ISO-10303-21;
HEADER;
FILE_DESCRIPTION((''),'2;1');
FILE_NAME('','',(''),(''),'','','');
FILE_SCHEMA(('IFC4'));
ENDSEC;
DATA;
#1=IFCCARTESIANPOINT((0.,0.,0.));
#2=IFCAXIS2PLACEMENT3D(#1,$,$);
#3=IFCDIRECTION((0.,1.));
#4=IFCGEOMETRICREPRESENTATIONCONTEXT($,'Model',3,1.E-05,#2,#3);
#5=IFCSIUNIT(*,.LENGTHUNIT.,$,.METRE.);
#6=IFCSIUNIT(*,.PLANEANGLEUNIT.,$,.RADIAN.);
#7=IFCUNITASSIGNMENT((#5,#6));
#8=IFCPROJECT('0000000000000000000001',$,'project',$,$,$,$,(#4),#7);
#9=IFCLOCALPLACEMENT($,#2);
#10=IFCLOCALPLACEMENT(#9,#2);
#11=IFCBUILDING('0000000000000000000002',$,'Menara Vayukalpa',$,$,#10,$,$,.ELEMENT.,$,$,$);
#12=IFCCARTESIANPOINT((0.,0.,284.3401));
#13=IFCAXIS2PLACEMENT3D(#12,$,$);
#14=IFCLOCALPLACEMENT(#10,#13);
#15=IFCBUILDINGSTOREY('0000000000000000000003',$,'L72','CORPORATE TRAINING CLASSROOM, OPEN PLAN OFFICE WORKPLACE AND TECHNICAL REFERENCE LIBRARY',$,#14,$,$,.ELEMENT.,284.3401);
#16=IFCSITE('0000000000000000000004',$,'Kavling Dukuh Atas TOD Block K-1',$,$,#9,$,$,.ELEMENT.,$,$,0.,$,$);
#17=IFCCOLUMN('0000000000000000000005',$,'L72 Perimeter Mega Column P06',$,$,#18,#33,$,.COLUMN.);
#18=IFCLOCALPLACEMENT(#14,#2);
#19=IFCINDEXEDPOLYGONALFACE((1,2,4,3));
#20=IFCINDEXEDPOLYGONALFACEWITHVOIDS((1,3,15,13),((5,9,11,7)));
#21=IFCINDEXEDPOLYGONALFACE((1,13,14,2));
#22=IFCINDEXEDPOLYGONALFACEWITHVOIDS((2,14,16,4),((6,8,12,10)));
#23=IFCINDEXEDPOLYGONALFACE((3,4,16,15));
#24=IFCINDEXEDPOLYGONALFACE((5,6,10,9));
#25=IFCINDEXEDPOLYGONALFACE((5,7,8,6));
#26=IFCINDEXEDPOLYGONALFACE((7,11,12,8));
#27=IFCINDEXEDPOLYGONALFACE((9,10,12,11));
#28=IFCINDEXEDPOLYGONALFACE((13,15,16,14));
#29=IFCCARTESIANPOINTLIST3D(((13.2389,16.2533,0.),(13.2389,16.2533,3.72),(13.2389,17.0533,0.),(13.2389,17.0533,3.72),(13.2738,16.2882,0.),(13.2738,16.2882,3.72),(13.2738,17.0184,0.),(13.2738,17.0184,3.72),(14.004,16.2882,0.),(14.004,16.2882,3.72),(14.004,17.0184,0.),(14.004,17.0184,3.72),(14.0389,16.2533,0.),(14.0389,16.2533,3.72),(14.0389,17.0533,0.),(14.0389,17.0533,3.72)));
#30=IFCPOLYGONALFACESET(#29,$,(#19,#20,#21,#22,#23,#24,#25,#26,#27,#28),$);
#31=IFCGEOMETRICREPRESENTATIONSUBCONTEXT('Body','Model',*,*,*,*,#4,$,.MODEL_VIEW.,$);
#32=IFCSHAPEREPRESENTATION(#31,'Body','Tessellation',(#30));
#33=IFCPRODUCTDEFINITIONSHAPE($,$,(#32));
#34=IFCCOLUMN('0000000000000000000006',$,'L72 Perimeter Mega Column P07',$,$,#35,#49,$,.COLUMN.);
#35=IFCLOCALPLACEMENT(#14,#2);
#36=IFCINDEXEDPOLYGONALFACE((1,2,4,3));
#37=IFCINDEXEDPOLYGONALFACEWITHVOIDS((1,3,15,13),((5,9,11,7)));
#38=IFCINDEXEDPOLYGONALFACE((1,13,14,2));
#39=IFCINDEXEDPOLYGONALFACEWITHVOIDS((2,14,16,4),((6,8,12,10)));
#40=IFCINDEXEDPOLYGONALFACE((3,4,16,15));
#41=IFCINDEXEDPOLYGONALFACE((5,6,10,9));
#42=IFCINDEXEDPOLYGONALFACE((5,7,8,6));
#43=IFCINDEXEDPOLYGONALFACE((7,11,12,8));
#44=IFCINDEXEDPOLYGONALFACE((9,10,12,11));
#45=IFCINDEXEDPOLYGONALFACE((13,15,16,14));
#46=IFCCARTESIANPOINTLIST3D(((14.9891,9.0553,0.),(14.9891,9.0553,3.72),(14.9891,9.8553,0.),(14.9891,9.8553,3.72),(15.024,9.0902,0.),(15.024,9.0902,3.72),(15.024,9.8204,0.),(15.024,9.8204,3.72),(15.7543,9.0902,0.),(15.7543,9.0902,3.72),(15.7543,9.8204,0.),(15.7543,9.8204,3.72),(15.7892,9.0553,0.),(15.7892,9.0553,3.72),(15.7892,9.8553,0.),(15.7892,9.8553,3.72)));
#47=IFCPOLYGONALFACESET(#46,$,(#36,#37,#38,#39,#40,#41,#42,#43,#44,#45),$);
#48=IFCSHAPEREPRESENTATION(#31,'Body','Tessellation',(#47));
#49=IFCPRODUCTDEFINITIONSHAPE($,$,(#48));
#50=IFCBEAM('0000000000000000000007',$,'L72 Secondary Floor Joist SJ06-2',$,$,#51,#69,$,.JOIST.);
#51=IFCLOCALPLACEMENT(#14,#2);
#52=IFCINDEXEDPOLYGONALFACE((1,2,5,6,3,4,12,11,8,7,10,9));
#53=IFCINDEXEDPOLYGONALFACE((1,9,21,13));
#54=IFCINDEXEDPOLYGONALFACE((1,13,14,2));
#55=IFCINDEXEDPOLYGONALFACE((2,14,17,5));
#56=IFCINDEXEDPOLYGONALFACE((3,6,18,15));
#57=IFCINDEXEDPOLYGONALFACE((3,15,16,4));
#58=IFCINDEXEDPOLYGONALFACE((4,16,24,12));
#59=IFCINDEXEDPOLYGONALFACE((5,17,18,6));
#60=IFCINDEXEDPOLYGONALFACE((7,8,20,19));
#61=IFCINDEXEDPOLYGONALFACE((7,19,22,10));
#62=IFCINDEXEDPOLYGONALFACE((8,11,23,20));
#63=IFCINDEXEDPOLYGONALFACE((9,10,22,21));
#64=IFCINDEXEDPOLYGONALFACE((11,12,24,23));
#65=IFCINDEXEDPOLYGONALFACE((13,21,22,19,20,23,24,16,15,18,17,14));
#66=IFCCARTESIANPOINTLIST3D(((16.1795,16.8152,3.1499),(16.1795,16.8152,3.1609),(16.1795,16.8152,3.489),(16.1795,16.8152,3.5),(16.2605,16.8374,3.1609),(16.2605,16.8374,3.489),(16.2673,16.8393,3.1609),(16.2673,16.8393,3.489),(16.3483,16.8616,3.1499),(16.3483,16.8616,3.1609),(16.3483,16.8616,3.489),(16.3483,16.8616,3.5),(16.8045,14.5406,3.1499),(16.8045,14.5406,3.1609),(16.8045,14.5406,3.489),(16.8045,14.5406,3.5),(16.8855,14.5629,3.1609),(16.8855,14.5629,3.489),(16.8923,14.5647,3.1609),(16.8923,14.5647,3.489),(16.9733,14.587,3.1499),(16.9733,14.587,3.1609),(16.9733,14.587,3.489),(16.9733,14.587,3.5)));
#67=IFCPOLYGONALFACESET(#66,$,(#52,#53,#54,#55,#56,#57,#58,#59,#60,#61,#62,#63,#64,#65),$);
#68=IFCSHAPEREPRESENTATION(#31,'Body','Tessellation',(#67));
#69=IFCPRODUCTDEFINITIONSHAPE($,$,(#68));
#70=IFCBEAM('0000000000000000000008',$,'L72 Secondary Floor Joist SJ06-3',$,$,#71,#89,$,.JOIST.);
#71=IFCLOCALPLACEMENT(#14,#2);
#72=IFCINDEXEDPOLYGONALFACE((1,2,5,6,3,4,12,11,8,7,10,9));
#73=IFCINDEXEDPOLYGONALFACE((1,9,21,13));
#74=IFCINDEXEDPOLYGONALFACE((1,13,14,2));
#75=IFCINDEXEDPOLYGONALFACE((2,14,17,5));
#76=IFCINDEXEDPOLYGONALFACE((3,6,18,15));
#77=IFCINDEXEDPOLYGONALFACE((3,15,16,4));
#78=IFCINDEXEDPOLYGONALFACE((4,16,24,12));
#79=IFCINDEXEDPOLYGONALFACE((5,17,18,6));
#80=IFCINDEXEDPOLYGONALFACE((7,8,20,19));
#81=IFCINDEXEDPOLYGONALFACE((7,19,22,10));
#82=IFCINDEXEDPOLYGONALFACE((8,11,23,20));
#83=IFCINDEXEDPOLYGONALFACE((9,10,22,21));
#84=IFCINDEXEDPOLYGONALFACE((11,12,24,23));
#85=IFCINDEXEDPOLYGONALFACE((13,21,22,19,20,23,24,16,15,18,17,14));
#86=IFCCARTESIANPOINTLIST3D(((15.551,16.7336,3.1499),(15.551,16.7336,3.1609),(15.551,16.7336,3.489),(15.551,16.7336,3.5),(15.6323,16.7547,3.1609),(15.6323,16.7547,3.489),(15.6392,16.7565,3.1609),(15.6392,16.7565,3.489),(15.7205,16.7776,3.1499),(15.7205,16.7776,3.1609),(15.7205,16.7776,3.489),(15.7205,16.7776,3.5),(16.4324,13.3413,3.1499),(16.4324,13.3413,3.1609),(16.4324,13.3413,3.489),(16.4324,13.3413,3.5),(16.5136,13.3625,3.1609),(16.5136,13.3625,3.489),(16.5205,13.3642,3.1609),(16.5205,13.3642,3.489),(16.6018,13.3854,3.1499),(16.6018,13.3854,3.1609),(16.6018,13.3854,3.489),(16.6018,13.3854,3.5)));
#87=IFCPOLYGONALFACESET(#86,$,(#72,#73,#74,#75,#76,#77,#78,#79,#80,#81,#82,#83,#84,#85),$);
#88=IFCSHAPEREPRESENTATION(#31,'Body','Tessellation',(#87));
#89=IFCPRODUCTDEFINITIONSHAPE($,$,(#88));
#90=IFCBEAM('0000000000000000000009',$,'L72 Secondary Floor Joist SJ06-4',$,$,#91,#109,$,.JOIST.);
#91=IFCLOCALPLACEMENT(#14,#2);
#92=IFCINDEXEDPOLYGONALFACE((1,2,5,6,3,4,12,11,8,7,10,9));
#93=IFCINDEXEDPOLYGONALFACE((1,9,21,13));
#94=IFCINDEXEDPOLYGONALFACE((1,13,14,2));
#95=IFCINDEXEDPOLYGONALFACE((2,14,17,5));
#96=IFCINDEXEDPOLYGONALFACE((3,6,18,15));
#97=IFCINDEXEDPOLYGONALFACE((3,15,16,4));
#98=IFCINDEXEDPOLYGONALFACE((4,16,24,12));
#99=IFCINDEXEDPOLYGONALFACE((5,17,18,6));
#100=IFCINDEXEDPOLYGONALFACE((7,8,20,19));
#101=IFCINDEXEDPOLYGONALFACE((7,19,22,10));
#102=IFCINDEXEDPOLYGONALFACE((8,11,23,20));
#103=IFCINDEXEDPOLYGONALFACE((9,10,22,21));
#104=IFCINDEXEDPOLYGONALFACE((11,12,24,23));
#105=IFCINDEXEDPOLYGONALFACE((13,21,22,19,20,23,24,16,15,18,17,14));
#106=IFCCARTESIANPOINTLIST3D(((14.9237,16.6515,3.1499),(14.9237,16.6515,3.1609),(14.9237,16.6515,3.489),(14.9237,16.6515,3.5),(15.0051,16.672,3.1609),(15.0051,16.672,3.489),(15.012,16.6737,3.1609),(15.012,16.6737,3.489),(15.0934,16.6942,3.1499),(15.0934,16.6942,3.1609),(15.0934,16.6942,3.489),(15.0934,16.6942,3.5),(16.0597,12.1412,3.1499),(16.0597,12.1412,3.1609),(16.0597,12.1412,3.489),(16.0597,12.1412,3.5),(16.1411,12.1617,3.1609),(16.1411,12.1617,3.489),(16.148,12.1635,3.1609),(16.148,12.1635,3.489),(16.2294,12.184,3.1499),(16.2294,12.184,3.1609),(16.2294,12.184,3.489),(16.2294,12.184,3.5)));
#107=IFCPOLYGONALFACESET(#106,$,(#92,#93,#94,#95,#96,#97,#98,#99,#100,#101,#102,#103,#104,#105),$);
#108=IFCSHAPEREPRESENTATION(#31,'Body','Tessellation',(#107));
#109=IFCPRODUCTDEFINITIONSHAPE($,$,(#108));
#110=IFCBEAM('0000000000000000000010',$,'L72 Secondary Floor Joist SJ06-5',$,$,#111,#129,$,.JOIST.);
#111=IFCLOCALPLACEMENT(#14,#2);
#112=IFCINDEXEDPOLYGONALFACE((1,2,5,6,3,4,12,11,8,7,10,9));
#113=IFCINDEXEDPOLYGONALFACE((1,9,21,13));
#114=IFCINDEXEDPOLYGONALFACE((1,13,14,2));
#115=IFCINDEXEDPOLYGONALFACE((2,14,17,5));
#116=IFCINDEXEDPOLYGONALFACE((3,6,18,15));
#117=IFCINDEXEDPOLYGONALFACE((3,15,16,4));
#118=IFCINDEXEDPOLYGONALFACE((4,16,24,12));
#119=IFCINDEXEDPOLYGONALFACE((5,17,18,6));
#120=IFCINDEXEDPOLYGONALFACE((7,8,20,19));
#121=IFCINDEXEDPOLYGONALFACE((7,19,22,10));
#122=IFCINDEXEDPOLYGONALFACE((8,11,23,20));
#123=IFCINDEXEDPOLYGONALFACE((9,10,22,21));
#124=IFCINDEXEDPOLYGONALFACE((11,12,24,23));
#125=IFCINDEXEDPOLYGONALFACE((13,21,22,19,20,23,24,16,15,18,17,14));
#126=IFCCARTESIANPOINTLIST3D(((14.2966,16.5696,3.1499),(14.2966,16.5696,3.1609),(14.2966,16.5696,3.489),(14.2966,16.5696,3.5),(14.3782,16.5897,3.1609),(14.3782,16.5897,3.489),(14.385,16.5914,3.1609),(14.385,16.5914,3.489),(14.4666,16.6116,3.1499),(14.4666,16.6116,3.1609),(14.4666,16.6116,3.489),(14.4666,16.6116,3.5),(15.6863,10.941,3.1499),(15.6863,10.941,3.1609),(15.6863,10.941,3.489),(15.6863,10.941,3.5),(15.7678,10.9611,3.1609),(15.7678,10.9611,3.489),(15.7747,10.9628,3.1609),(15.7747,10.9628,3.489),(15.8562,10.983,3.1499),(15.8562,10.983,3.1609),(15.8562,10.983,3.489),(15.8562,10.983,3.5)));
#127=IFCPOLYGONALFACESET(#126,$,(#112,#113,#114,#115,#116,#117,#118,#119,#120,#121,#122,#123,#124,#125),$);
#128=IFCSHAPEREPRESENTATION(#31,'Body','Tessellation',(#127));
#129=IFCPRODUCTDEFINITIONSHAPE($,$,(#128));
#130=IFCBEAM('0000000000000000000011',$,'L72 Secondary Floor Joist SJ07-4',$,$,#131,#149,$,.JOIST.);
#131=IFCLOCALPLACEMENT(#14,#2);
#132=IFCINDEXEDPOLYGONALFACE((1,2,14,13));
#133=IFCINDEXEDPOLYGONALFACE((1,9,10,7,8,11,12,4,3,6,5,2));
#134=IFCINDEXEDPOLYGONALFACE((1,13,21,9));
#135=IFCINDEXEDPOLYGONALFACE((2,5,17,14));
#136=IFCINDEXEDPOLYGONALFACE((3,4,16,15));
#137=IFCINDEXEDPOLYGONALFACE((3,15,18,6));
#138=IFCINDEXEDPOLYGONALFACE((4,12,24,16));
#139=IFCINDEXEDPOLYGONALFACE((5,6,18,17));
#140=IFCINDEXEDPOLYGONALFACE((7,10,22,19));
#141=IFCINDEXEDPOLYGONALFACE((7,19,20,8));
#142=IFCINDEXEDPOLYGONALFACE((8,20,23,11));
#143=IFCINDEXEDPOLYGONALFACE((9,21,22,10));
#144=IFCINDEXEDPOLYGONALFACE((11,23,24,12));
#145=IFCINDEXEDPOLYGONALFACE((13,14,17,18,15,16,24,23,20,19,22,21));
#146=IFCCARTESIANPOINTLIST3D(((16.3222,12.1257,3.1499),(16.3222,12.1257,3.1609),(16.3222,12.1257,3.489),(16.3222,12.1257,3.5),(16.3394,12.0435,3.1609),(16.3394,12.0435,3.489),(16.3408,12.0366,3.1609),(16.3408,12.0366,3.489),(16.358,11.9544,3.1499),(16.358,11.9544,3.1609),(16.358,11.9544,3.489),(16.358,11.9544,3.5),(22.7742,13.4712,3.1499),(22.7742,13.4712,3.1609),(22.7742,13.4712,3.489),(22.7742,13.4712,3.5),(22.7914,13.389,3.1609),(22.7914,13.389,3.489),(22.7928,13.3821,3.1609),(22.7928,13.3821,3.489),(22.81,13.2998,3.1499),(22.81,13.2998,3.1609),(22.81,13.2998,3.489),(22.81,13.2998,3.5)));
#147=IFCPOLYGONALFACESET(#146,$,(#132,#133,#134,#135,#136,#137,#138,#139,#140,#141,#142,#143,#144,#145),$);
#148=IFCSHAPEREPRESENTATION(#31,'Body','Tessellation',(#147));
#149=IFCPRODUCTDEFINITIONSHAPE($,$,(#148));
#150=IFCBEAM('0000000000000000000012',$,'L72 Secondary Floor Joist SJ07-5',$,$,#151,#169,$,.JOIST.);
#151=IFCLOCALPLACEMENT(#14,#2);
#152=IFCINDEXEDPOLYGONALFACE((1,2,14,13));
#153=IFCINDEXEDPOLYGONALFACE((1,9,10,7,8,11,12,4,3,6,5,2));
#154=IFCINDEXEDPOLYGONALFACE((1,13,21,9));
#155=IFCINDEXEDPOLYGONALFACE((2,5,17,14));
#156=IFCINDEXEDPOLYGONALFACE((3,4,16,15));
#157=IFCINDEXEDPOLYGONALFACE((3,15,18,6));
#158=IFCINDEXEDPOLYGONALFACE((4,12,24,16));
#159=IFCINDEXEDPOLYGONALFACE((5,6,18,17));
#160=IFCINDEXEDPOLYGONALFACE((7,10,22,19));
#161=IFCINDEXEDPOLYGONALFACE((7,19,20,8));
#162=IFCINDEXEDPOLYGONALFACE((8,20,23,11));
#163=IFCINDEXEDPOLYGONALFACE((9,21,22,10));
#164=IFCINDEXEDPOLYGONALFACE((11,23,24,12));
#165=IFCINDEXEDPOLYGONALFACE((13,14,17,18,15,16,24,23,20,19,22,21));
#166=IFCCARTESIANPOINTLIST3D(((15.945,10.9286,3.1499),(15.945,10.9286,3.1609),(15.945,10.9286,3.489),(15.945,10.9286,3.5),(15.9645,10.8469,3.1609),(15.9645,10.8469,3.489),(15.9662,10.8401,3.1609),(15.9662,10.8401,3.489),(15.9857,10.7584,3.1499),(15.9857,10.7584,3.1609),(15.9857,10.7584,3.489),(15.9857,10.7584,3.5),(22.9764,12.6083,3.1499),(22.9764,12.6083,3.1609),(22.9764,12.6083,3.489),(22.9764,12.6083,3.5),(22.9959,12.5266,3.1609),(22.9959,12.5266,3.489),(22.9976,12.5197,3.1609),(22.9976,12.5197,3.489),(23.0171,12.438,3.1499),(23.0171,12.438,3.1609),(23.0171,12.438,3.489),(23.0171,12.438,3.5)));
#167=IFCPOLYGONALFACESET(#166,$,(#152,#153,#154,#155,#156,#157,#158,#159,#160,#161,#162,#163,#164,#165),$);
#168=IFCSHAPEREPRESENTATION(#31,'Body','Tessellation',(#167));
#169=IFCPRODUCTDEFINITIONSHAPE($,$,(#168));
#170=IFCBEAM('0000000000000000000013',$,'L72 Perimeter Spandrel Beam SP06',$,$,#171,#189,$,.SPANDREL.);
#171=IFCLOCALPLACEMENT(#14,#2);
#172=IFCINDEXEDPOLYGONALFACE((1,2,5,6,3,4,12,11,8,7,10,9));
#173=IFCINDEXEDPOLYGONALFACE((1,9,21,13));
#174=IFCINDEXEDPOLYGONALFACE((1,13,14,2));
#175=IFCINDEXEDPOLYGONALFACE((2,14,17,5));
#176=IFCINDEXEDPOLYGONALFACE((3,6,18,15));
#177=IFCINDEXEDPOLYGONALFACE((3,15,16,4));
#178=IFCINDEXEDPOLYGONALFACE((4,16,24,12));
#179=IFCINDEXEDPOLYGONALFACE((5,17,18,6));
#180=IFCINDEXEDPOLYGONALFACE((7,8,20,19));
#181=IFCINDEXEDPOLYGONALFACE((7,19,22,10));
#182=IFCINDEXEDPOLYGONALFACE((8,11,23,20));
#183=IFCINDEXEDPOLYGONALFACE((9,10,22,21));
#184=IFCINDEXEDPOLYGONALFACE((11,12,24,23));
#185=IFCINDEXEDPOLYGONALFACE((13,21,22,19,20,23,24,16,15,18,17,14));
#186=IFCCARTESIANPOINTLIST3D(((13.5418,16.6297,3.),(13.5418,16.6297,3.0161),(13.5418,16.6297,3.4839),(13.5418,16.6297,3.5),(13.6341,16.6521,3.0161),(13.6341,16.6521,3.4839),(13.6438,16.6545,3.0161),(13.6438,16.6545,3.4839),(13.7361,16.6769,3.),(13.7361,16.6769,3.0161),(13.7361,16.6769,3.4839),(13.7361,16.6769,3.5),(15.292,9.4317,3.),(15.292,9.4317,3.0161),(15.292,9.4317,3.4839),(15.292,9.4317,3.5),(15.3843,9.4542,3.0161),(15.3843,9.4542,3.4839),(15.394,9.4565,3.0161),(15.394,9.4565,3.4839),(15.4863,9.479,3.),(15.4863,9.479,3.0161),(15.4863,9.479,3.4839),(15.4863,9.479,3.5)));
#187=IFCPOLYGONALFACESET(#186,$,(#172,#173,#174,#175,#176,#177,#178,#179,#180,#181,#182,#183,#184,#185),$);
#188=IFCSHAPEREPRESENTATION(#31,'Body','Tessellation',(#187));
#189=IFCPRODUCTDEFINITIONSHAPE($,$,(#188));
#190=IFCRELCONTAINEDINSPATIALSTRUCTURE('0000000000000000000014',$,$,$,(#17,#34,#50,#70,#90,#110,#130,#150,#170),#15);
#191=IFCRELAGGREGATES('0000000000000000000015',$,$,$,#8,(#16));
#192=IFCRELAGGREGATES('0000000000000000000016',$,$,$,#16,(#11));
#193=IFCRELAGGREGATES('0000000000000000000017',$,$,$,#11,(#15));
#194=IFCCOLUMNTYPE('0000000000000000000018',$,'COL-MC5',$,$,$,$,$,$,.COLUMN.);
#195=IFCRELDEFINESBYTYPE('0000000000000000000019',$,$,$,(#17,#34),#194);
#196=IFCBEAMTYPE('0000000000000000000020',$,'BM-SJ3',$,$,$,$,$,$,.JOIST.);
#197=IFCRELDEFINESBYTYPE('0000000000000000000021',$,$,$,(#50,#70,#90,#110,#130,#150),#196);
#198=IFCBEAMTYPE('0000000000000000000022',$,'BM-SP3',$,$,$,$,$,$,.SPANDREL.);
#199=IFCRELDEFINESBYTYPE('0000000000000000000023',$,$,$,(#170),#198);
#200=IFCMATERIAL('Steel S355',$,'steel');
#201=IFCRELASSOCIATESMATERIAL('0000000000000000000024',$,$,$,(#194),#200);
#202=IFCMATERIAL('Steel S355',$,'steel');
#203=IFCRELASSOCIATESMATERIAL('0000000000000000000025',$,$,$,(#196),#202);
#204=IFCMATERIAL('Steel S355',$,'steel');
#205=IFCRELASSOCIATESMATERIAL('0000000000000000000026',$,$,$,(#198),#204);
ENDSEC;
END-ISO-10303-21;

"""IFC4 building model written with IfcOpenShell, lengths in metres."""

from ifc_helpers import new_model, si_unit, direction, frame, origin, origin_2d, place, context, subcontext, project, spatial, hollow_rectangle, i_section, extrude, material, material_profile, profile_set, type_object, element, save


model = new_model("IFC4")

# Units and contexts
model_context = context("Model", 3, precision=1e-05, world=origin(), true_north=direction((0.0, 1.0)))
body_context = subcontext(model_context, "Body", "Model", "MODEL_VIEW")
ifc_project = project(units=[si_unit("LENGTHUNIT", "METRE"), si_unit("PLANEANGLEUNIT", "RADIAN")], contexts=[model_context])

# Site, building, storey
site_placement = place(None, origin())
site = spatial("IfcSite", under=ifc_project, at=site_placement, Name="Kavling Dukuh Atas TOD Block K-1", CompositionType="ELEMENT", RefElevation=0.0)
building_placement = place(site_placement, origin())
building = spatial("IfcBuilding", under=site, at=building_placement, Name="Menara Vayukalpa", CompositionType="ELEMENT")
storey_placement = place(building_placement, frame((0.0, 0.0, 284.3401)))
storey = spatial("IfcBuildingStorey", under=building, at=storey_placement, Name="L72", Description="CORPORATE TRAINING CLASSROOM, OPEN PLAN OFFICE WORKPLACE AND TECHNICAL REFERENCE LIBRARY", CompositionType="ELEMENT", Elevation=284.3401)

# Columns
ifc_material_1 = material(Name="Steel S355", Category="steel")
ifc_material_profile_1 = material_profile(ifc_material_1, hollow_rectangle(XDim=0.8, YDim=0.8, WallThickness=0.0349, at=origin_2d()), Name="BOX 800x800x35")
ifc_profile_set_1 = profile_set([ifc_material_profile_1], Name="Steel S355")
column_type = type_object("IfcColumnType", Name="COL-MC5", PredefinedType="COLUMN", material=ifc_profile_set_1)
for number, where, z_axis, x_axis, name in (
    (1, (13.6389, 16.6533, 0.0), (0.0, 0.0, 1.0), (1.0, 0.0, 0.0), "L72 Perimeter Mega Column P06"),
    (2, (15.3892, 9.4553, 0.0), (0.0, 0.0, 1.0), (1.0, 0.0, 0.0), "L72 Perimeter Mega Column P07"),
):
    element("IfcColumn", number, at=place(storey_placement, frame(where, z_axis=z_axis, x_axis=x_axis)), inside=storey, type_object=column_type, Name=name, PredefinedType="COLUMN", context=body_context, shape_type="SweptSolid", body=[
        extrude(hollow_rectangle(XDim=0.8, YDim=0.8, WallThickness=0.0349, at=origin_2d()), origin(), (0.0, 0.0, 1.0), 3.72),
    ])

# Beams
ifc_material_2 = material(Name="Steel S355", Category="steel")
ifc_material_profile_2 = material_profile(ifc_material_2, i_section(OverallWidth=0.175, OverallDepth=0.3501, WebThickness=0.0071, FlangeThickness=0.011, at=origin_2d()), Name="WF 350x175x7x11")
ifc_profile_set_2 = profile_set([ifc_material_profile_2], Name="Steel S355")
beam_type_1 = type_object("IfcBeamType", Name="BM-SJ3", PredefinedType="JOIST", material=ifc_profile_set_2)
beam_1_placement = place(storey_placement, frame((16.2639, 16.8384, 3.325), z_axis=(0.264947, -0.964263, 0.0), x_axis=(0.964263, 0.264947, 0.0)))
element("IfcBeam", 3, at=beam_1_placement, inside=storey, type_object=beam_type_1, Name="L72 Secondary Floor Joist SJ06-2", PredefinedType="JOIST", context=body_context, shape_type="SweptSolid", body=[
    extrude(i_section(OverallWidth=0.175, OverallDepth=0.3501, WebThickness=0.0071, FlangeThickness=0.011, at=origin_2d()), origin(), (0.0, 0.0, 1.0), 2.3589),
])
beam_2_placement = place(storey_placement, frame((15.6357, 16.7556, 3.325), z_axis=(0.251458, -0.967868, 0.0), x_axis=(0.967868, 0.251458, 0.0)))
element("IfcBeam", 4, at=beam_2_placement, inside=storey, type_object=beam_type_1, Name="L72 Secondary Floor Joist SJ06-3", PredefinedType="JOIST", context=body_context, shape_type="SweptSolid", body=[
    extrude(i_section(OverallWidth=0.175, OverallDepth=0.3501, WebThickness=0.0071, FlangeThickness=0.011, at=origin_2d()), origin(), (0.0, 0.0, 1.0), 3.5049),
])
beam_3_placement = place(storey_placement, frame((15.0085, 16.6729, 3.325), z_axis=(0.24424, -0.969715, 0.0), x_axis=(0.969715, 0.24424, 0.0)))
element("IfcBeam", 5, at=beam_3_placement, inside=storey, type_object=beam_type_1, Name="L72 Secondary Floor Joist SJ06-4", PredefinedType="JOIST", context=body_context, shape_type="SweptSolid", body=[
    extrude(i_section(OverallWidth=0.175, OverallDepth=0.3501, WebThickness=0.0071, FlangeThickness=0.011, at=origin_2d()), origin(), (0.0, 0.0, 1.0), 4.6511),
])
beam_4_placement = place(storey_placement, frame((14.3816, 16.5906, 3.325), z_axis=(0.239691, -0.970849, 0.0), x_axis=(0.970849, 0.239691, 0.0)))
element("IfcBeam", 6, at=beam_4_placement, inside=storey, type_object=beam_type_1, Name="L72 Secondary Floor Joist SJ06-5", PredefinedType="JOIST", context=body_context, shape_type="SweptSolid", body=[
    extrude(i_section(OverallWidth=0.175, OverallDepth=0.3501, WebThickness=0.0071, FlangeThickness=0.011, at=origin_2d()), origin(), (0.0, 0.0, 1.0), 5.7976),
])
beam_5_placement = place(storey_placement, frame((16.3401, 12.04, 3.325), z_axis=(0.978941, 0.204145, 0.0), x_axis=(-0.204145, 0.978941, 0.0)))
element("IfcBeam", 7, at=beam_5_placement, inside=storey, type_object=beam_type_1, Name="L72 Secondary Floor Joist SJ07-4", PredefinedType="JOIST", context=body_context, shape_type="SweptSolid", body=[
    extrude(i_section(OverallWidth=0.175, OverallDepth=0.3501, WebThickness=0.0071, FlangeThickness=0.011, at=origin_2d()), origin(), (0.0, 0.0, 1.0), 6.5908),
])
beam_6_placement = place(storey_placement, frame((15.9653, 10.8435, 3.325), z_axis=(0.972634, 0.232343, 0.0), x_axis=(-0.232343, 0.972634, 0.0)))
element("IfcBeam", 8, at=beam_6_placement, inside=storey, type_object=beam_type_1, Name="L72 Secondary Floor Joist SJ07-5", PredefinedType="JOIST", context=body_context, shape_type="SweptSolid", body=[
    extrude(i_section(OverallWidth=0.175, OverallDepth=0.3501, WebThickness=0.0071, FlangeThickness=0.011, at=origin_2d()), origin(), (0.0, 0.0, 1.0), 7.2292),
])
ifc_material_3 = material(Name="Steel S355", Category="steel")
ifc_material_profile_3 = material_profile(ifc_material_3, i_section(OverallWidth=0.2, OverallDepth=0.5, WebThickness=0.01, FlangeThickness=0.0161, at=origin_2d()), Name="WF 500x200x10x16")
ifc_profile_set_3 = profile_set([ifc_material_profile_3], Name="Steel S355")
beam_type_2 = type_object("IfcBeamType", Name="BM-SP3", PredefinedType="SPANDREL", material=ifc_profile_set_3)
beam_7_placement = place(storey_placement, frame((13.6389, 16.6533, 3.25), z_axis=(0.236273, -0.971687, 0.0), x_axis=(0.971687, 0.236273, 0.0)))
element("IfcBeam", 9, at=beam_7_placement, inside=storey, type_object=beam_type_2, Name="L72 Perimeter Spandrel Beam SP06", PredefinedType="SPANDREL", context=body_context, shape_type="SweptSolid", body=[
    extrude(i_section(OverallWidth=0.2, OverallDepth=0.5, WebThickness=0.01, FlangeThickness=0.0161, at=origin_2d()), origin(), (0.0, 0.0, 1.0), 7.4077),
])

save(model, "model.ifc")
